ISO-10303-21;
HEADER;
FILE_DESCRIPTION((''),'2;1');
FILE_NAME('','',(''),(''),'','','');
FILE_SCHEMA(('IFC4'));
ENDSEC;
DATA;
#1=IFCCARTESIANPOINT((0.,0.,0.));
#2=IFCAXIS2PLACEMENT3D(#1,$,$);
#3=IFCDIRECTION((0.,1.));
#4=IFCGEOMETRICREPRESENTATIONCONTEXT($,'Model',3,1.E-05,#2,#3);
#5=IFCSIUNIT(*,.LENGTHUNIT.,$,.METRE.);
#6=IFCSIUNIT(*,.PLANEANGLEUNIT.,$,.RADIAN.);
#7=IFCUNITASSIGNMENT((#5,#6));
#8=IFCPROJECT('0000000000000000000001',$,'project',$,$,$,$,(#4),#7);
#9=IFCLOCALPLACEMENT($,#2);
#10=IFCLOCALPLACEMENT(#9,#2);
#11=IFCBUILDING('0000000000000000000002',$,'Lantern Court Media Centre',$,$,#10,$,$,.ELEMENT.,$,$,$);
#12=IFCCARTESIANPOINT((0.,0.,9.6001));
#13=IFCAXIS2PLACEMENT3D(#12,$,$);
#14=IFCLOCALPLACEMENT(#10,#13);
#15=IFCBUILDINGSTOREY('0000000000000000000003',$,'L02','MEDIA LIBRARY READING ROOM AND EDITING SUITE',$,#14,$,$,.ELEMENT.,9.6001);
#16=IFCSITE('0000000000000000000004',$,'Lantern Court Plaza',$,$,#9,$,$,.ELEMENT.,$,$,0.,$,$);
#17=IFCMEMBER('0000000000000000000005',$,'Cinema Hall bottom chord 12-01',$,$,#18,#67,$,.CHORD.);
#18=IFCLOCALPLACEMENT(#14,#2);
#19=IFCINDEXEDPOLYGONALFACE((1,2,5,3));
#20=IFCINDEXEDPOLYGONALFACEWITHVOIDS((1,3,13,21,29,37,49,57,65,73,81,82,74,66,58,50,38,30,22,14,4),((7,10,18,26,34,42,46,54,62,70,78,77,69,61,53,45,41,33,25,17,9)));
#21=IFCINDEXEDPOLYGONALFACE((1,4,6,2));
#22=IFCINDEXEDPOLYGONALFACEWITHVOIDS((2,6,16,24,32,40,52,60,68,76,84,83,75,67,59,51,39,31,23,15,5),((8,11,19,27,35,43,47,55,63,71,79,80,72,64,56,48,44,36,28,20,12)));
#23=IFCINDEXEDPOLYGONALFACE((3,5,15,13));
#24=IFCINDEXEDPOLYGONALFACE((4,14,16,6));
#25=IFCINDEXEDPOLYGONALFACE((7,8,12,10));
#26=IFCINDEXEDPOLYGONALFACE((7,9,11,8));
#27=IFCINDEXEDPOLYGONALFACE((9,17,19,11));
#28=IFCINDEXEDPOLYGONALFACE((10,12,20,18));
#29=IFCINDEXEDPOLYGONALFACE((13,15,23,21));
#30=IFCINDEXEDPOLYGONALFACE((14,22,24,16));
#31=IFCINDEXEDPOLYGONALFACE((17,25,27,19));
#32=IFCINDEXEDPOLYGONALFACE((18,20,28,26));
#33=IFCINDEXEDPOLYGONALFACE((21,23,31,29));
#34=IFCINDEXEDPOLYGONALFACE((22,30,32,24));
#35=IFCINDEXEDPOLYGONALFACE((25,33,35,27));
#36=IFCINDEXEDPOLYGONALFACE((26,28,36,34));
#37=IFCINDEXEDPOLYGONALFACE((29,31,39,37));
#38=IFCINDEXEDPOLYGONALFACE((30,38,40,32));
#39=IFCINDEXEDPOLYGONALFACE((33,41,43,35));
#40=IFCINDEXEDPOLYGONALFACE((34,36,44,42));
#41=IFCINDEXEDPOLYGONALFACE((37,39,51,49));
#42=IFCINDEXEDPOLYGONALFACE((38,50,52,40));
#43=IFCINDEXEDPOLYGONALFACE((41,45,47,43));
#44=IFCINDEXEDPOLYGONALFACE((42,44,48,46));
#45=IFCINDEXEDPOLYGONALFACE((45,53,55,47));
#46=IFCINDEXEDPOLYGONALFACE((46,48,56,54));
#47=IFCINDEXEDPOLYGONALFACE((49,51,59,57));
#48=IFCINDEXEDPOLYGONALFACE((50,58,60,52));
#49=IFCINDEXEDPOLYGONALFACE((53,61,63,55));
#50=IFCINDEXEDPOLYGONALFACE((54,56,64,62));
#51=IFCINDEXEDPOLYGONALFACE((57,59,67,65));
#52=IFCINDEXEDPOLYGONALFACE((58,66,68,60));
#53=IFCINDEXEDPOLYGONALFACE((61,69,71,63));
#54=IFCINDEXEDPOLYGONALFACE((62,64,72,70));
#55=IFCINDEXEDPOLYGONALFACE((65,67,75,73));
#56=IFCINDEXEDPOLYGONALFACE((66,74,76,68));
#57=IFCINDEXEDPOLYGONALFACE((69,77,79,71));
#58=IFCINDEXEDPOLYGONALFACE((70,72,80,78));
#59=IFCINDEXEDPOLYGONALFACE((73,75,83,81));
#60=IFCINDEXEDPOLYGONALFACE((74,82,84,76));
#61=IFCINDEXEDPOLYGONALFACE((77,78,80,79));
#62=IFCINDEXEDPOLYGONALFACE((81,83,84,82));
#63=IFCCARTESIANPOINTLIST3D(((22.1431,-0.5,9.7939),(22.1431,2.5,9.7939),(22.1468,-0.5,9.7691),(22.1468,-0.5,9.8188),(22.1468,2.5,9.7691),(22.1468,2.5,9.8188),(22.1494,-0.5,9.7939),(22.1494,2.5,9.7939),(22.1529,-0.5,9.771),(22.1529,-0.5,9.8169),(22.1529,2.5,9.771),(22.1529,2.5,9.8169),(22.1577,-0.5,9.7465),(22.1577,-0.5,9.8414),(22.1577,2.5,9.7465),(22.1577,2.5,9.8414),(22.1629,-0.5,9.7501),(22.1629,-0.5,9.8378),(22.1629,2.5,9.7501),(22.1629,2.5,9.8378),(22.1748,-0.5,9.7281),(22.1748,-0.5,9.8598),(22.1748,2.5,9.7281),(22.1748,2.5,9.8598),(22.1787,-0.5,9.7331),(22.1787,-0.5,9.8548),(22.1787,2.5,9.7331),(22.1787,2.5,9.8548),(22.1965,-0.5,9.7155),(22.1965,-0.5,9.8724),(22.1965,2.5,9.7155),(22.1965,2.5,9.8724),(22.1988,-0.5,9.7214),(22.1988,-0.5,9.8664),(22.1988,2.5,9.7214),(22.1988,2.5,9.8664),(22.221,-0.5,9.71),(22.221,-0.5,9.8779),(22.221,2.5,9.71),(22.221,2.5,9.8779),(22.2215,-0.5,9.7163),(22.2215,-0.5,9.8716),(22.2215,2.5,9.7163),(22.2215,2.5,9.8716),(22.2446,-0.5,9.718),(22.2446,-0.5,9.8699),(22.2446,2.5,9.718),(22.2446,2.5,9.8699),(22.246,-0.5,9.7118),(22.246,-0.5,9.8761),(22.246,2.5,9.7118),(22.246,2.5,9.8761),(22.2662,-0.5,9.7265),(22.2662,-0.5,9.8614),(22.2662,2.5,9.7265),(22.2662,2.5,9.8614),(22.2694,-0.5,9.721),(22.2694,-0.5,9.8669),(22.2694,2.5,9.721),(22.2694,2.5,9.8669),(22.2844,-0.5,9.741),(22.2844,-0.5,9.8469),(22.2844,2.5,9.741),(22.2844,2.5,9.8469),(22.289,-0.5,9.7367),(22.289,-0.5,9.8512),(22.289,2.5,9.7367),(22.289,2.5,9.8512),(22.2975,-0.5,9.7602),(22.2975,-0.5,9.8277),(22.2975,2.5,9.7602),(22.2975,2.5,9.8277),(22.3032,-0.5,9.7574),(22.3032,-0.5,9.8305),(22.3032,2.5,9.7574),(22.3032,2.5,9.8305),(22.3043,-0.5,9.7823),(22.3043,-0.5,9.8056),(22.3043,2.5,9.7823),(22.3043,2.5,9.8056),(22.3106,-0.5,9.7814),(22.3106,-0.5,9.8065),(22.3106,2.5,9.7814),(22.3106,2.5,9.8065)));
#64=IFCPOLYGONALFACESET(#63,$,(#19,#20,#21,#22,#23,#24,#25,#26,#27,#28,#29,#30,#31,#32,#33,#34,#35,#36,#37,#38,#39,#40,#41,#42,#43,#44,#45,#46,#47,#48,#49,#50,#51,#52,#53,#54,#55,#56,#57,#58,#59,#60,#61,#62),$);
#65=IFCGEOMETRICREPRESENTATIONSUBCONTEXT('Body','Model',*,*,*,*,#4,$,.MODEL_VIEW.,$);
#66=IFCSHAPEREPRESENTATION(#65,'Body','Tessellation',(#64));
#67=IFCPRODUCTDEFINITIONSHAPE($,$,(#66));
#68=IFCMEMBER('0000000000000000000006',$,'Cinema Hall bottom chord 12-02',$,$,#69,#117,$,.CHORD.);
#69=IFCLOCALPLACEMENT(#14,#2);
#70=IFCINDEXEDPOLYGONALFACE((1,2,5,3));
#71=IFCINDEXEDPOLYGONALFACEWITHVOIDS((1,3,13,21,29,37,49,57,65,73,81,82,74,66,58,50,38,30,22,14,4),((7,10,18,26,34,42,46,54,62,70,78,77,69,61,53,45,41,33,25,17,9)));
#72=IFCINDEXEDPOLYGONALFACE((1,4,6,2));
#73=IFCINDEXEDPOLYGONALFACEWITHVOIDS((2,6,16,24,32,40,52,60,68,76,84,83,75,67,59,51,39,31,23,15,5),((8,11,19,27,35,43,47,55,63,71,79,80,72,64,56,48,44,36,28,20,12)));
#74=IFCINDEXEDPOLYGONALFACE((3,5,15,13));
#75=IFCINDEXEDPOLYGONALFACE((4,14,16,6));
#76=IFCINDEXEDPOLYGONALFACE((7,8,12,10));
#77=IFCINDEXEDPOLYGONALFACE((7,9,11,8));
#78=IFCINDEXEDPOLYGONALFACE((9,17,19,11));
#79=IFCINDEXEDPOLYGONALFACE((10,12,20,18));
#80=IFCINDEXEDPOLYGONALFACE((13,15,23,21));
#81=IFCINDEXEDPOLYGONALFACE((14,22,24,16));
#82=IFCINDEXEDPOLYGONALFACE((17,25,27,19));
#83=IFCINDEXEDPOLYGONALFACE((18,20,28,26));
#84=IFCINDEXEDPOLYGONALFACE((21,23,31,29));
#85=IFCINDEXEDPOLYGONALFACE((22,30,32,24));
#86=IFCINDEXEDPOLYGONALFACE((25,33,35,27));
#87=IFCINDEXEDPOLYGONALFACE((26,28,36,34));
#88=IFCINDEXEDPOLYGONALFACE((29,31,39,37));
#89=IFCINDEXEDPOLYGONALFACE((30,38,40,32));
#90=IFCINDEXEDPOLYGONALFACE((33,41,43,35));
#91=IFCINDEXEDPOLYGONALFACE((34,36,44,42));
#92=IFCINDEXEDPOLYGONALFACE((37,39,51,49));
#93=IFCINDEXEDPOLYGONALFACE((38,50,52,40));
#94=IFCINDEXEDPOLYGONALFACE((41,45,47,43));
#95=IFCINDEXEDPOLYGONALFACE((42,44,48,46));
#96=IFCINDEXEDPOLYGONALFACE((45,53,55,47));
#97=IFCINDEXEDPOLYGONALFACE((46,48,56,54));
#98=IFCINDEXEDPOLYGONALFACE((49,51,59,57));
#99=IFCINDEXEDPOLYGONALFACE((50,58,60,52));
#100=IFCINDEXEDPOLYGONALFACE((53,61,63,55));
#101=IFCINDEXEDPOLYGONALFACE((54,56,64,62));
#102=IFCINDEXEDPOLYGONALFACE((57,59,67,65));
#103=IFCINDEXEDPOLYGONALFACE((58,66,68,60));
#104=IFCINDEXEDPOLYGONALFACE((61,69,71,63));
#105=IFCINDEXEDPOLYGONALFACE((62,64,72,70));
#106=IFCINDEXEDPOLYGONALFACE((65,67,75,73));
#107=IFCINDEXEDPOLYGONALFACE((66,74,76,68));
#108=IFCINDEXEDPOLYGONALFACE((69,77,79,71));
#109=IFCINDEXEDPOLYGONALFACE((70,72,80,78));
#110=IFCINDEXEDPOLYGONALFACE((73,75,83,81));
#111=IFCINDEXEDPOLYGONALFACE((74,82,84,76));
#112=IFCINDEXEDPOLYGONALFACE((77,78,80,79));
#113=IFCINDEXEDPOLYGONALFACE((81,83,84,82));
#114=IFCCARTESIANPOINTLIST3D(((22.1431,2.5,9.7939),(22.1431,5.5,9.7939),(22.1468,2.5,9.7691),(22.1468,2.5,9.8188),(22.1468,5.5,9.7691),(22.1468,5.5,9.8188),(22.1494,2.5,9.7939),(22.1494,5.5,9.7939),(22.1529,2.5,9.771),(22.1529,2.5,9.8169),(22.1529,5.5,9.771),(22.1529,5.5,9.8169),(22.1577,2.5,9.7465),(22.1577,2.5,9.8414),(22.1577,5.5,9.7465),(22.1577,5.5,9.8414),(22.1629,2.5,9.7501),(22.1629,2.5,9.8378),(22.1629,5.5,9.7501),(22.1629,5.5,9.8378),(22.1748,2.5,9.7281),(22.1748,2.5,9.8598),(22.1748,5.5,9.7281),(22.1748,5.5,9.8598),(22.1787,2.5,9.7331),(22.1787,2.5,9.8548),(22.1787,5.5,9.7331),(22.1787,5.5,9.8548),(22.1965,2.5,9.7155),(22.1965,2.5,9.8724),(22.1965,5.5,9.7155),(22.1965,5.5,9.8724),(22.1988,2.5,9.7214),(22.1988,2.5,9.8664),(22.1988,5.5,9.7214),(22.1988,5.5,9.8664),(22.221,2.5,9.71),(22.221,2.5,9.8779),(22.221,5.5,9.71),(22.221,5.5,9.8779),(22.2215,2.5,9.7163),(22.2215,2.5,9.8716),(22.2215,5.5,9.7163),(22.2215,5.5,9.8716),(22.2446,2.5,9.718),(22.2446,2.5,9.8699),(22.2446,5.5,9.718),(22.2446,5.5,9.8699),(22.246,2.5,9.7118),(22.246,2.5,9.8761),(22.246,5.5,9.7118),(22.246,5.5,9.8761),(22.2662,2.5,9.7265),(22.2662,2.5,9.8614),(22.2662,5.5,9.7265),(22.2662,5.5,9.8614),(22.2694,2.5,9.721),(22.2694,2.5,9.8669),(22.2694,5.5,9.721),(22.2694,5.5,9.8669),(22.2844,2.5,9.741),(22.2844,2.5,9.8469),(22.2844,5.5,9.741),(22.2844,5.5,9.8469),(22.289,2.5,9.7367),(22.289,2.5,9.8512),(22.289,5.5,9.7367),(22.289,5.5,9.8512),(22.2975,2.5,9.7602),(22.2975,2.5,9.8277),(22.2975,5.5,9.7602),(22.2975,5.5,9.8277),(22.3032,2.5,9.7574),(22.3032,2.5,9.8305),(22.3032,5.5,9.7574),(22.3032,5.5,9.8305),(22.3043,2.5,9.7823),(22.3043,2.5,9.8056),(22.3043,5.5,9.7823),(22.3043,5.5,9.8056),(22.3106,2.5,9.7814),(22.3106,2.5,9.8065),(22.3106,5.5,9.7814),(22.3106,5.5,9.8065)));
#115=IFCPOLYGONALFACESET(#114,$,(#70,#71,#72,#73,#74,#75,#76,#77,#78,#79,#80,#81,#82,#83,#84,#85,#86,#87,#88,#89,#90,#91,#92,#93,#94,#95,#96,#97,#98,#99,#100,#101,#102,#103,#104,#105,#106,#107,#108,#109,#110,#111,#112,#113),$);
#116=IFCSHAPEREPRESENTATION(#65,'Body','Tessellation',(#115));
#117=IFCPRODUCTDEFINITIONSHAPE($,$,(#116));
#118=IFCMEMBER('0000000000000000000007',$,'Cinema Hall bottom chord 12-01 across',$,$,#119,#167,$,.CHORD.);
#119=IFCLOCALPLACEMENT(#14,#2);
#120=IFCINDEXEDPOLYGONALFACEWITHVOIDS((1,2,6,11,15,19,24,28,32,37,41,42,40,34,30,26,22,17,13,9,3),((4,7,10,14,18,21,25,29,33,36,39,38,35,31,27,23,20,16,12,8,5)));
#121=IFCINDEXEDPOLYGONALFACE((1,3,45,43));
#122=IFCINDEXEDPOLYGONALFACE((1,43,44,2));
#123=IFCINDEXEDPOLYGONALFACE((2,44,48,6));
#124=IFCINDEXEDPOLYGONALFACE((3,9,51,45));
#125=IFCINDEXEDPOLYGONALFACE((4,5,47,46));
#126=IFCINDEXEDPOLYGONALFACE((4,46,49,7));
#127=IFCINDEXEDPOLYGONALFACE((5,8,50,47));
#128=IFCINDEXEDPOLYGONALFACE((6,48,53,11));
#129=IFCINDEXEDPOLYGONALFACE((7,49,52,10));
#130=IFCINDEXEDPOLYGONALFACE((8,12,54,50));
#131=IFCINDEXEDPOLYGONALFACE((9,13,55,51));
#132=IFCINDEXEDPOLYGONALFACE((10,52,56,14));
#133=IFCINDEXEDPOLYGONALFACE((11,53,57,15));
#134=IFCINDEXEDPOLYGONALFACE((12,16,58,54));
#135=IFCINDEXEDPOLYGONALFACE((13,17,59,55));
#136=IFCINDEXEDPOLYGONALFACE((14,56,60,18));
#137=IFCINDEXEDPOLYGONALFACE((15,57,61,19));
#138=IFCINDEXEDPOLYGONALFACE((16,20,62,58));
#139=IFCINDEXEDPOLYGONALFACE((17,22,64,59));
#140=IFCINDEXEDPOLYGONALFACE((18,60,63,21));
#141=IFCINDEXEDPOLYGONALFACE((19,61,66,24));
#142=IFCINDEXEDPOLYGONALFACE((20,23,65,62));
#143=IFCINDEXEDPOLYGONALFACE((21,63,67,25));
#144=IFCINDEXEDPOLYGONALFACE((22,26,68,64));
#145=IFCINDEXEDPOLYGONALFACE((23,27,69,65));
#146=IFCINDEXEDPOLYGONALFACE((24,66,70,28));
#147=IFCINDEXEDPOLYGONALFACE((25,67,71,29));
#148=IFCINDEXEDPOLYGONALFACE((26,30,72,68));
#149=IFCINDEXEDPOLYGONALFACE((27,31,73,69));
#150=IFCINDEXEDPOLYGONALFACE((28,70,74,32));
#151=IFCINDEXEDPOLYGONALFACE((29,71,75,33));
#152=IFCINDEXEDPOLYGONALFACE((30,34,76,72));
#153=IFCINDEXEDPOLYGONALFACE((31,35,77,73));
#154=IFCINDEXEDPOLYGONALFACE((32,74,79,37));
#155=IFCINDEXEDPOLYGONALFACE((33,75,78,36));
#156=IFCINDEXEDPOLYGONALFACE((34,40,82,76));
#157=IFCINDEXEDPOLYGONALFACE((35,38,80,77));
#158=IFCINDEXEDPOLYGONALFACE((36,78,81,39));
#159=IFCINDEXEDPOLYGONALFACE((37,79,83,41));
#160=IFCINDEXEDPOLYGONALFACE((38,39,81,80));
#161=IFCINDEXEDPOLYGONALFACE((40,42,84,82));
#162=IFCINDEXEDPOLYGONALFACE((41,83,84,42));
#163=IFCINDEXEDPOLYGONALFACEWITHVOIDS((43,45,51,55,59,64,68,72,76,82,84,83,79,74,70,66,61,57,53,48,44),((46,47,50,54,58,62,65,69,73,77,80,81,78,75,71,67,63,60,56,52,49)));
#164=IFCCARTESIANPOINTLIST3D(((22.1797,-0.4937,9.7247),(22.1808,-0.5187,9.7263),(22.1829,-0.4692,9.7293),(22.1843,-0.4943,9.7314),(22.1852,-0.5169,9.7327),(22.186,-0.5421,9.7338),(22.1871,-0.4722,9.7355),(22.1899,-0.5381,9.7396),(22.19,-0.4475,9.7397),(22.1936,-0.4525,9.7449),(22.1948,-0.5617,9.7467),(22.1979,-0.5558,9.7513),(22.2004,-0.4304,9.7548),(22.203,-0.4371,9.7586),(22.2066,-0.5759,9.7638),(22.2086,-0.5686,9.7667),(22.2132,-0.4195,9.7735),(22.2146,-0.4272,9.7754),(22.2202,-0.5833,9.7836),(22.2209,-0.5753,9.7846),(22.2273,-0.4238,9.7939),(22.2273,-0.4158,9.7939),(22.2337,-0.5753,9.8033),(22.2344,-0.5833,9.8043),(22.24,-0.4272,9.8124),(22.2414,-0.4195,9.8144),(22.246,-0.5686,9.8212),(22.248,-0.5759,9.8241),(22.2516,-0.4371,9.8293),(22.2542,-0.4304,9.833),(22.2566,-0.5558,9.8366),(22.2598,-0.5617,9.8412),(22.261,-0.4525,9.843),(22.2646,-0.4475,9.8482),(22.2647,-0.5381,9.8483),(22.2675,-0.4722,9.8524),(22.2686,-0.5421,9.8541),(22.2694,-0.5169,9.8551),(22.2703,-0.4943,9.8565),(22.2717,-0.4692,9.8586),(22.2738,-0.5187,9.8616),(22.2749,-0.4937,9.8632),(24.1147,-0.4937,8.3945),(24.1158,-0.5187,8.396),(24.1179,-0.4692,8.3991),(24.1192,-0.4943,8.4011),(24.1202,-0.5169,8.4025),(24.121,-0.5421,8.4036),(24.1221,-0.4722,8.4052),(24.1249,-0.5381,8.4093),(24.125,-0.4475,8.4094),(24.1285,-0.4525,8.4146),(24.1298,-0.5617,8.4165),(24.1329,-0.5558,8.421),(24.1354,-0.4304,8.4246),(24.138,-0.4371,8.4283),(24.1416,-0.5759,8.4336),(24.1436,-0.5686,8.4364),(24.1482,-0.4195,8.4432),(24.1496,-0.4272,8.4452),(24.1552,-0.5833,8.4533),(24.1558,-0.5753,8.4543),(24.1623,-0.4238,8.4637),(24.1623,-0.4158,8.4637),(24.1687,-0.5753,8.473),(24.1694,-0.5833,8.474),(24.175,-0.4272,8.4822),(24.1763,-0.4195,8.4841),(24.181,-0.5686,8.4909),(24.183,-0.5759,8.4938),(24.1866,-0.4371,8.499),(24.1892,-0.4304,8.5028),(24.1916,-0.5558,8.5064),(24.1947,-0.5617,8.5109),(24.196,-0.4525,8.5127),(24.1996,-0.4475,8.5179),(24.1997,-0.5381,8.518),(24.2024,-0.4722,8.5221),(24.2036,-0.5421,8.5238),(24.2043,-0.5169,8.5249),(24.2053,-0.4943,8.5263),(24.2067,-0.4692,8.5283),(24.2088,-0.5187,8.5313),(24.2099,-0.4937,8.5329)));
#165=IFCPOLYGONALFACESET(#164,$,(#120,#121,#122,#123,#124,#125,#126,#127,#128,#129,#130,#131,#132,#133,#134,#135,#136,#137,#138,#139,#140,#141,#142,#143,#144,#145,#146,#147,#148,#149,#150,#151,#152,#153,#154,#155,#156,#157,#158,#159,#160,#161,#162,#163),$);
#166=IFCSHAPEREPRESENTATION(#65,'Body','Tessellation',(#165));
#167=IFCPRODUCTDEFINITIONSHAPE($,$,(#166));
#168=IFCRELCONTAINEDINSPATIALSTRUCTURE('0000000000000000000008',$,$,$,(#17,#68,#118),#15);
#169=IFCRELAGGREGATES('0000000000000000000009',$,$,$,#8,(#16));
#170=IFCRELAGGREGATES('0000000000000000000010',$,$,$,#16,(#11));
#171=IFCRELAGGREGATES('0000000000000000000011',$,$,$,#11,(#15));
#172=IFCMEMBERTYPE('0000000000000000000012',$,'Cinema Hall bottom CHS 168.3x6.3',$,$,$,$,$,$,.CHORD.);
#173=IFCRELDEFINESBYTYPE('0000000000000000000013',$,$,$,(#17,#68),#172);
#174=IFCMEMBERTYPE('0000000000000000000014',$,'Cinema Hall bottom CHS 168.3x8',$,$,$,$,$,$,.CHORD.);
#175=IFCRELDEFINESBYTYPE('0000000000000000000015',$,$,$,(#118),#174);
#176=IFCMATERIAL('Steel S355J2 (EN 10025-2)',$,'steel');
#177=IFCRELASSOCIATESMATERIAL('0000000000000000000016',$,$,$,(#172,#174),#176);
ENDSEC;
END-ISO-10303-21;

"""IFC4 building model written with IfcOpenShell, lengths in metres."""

from ifc_helpers import new_model, si_unit, direction, frame, origin, origin_2d, place, context, subcontext, project, spatial, hollow_circle, extrude, material, material_profile, profile_set, type_object, element, save


model = new_model("IFC4")

# Units and contexts
model_context = context("Model", 3, precision=1e-05, world=origin(), true_north=direction((0.0, 1.0)))
body_context = subcontext(model_context, "Body", "Model", "MODEL_VIEW")
ifc_project = project(units=[si_unit("LENGTHUNIT", "METRE"), si_unit("PLANEANGLEUNIT", "RADIAN")], contexts=[model_context])

# Site, building, storey
site_placement = place(None, origin())
site = spatial("IfcSite", under=ifc_project, at=site_placement, Name="Lantern Court Plaza", CompositionType="ELEMENT", RefElevation=0.0)
building_placement = place(site_placement, origin())
building = spatial("IfcBuilding", under=site, at=building_placement, Name="Lantern Court Media Centre", CompositionType="ELEMENT")
storey_placement = place(building_placement, frame((0.0, 0.0, 9.6001)))
storey = spatial("IfcBuildingStorey", under=building, at=storey_placement, Name="L02", Description="MEDIA LIBRARY READING ROOM AND EDITING SUITE", CompositionType="ELEMENT", Elevation=9.6001)

# Members
ifc_material = material(Name="Steel S355J2 (EN 10025-2)", Category="steel")
ifc_material_profile_1 = material_profile(ifc_material, hollow_circle(Radius=0.0842, WallThickness=0.0063, at=origin_2d()), Name="Cinema Hall bottom CHS 168.3x6.3")
ifc_profile_set_1 = profile_set([ifc_material_profile_1], Name="Steel S355J2 (EN 10025-2)")
member_type_1 = type_object("IfcMemberType", Name="Cinema Hall bottom CHS 168.3x6.3", PredefinedType="CHORD", material=ifc_profile_set_1)
for number, where, z_axis, x_axis, name in (
    (1, (22.2273, -0.5, 9.7939), (0.0, 1.0, 0.0), (-1.0, 0.0, 0.0), "Cinema Hall bottom chord 12-01"),
    (2, (22.2273, 2.5, 9.7939), (0.0, 1.0, 0.0), (-1.0, 0.0, 0.0), "Cinema Hall bottom chord 12-02"),
):
    element("IfcMember", number, at=place(storey_placement, frame(where, z_axis=z_axis, x_axis=x_axis)), inside=storey, type_object=member_type_1, Name=name, PredefinedType="CHORD", context=body_context, shape_type="SweptSolid", body=[
        extrude(hollow_circle(Radius=0.0842, WallThickness=0.0063, at=origin_2d()), origin(), (0.0, 0.0, 1.0), 3.0),
    ])
ifc_material_profile_2 = material_profile(ifc_material, hollow_circle(Radius=0.0842, WallThickness=0.0081, at=origin_2d()), Name="Cinema Hall bottom CHS 168.3x8")
ifc_profile_set_2 = profile_set([ifc_material_profile_2], Name="Steel S355J2 (EN 10025-2)")
member_type_2 = type_object("IfcMemberType", Name="Cinema Hall bottom CHS 168.3x8", PredefinedType="CHORD", material=ifc_profile_set_2)
for number, where, z_axis, x_axis, name in (
    (3, (22.2273, -0.5, 9.7939), (0.824048, 0.0, -0.56652), (0.0, 1.0, 0.0), "Cinema Hall bottom chord 12-01 across"),
):
    element("IfcMember", number, at=place(storey_placement, frame(where, z_axis=z_axis, x_axis=x_axis)), inside=storey, type_object=member_type_2, Name=name, PredefinedType="CHORD", context=body_context, shape_type="SweptSolid", body=[
        extrude(hollow_circle(Radius=0.0842, WallThickness=0.0081, at=origin_2d()), origin(), (0.0, 0.0, 1.0), 2.3481),
    ])

save(model, "model.ifc")
